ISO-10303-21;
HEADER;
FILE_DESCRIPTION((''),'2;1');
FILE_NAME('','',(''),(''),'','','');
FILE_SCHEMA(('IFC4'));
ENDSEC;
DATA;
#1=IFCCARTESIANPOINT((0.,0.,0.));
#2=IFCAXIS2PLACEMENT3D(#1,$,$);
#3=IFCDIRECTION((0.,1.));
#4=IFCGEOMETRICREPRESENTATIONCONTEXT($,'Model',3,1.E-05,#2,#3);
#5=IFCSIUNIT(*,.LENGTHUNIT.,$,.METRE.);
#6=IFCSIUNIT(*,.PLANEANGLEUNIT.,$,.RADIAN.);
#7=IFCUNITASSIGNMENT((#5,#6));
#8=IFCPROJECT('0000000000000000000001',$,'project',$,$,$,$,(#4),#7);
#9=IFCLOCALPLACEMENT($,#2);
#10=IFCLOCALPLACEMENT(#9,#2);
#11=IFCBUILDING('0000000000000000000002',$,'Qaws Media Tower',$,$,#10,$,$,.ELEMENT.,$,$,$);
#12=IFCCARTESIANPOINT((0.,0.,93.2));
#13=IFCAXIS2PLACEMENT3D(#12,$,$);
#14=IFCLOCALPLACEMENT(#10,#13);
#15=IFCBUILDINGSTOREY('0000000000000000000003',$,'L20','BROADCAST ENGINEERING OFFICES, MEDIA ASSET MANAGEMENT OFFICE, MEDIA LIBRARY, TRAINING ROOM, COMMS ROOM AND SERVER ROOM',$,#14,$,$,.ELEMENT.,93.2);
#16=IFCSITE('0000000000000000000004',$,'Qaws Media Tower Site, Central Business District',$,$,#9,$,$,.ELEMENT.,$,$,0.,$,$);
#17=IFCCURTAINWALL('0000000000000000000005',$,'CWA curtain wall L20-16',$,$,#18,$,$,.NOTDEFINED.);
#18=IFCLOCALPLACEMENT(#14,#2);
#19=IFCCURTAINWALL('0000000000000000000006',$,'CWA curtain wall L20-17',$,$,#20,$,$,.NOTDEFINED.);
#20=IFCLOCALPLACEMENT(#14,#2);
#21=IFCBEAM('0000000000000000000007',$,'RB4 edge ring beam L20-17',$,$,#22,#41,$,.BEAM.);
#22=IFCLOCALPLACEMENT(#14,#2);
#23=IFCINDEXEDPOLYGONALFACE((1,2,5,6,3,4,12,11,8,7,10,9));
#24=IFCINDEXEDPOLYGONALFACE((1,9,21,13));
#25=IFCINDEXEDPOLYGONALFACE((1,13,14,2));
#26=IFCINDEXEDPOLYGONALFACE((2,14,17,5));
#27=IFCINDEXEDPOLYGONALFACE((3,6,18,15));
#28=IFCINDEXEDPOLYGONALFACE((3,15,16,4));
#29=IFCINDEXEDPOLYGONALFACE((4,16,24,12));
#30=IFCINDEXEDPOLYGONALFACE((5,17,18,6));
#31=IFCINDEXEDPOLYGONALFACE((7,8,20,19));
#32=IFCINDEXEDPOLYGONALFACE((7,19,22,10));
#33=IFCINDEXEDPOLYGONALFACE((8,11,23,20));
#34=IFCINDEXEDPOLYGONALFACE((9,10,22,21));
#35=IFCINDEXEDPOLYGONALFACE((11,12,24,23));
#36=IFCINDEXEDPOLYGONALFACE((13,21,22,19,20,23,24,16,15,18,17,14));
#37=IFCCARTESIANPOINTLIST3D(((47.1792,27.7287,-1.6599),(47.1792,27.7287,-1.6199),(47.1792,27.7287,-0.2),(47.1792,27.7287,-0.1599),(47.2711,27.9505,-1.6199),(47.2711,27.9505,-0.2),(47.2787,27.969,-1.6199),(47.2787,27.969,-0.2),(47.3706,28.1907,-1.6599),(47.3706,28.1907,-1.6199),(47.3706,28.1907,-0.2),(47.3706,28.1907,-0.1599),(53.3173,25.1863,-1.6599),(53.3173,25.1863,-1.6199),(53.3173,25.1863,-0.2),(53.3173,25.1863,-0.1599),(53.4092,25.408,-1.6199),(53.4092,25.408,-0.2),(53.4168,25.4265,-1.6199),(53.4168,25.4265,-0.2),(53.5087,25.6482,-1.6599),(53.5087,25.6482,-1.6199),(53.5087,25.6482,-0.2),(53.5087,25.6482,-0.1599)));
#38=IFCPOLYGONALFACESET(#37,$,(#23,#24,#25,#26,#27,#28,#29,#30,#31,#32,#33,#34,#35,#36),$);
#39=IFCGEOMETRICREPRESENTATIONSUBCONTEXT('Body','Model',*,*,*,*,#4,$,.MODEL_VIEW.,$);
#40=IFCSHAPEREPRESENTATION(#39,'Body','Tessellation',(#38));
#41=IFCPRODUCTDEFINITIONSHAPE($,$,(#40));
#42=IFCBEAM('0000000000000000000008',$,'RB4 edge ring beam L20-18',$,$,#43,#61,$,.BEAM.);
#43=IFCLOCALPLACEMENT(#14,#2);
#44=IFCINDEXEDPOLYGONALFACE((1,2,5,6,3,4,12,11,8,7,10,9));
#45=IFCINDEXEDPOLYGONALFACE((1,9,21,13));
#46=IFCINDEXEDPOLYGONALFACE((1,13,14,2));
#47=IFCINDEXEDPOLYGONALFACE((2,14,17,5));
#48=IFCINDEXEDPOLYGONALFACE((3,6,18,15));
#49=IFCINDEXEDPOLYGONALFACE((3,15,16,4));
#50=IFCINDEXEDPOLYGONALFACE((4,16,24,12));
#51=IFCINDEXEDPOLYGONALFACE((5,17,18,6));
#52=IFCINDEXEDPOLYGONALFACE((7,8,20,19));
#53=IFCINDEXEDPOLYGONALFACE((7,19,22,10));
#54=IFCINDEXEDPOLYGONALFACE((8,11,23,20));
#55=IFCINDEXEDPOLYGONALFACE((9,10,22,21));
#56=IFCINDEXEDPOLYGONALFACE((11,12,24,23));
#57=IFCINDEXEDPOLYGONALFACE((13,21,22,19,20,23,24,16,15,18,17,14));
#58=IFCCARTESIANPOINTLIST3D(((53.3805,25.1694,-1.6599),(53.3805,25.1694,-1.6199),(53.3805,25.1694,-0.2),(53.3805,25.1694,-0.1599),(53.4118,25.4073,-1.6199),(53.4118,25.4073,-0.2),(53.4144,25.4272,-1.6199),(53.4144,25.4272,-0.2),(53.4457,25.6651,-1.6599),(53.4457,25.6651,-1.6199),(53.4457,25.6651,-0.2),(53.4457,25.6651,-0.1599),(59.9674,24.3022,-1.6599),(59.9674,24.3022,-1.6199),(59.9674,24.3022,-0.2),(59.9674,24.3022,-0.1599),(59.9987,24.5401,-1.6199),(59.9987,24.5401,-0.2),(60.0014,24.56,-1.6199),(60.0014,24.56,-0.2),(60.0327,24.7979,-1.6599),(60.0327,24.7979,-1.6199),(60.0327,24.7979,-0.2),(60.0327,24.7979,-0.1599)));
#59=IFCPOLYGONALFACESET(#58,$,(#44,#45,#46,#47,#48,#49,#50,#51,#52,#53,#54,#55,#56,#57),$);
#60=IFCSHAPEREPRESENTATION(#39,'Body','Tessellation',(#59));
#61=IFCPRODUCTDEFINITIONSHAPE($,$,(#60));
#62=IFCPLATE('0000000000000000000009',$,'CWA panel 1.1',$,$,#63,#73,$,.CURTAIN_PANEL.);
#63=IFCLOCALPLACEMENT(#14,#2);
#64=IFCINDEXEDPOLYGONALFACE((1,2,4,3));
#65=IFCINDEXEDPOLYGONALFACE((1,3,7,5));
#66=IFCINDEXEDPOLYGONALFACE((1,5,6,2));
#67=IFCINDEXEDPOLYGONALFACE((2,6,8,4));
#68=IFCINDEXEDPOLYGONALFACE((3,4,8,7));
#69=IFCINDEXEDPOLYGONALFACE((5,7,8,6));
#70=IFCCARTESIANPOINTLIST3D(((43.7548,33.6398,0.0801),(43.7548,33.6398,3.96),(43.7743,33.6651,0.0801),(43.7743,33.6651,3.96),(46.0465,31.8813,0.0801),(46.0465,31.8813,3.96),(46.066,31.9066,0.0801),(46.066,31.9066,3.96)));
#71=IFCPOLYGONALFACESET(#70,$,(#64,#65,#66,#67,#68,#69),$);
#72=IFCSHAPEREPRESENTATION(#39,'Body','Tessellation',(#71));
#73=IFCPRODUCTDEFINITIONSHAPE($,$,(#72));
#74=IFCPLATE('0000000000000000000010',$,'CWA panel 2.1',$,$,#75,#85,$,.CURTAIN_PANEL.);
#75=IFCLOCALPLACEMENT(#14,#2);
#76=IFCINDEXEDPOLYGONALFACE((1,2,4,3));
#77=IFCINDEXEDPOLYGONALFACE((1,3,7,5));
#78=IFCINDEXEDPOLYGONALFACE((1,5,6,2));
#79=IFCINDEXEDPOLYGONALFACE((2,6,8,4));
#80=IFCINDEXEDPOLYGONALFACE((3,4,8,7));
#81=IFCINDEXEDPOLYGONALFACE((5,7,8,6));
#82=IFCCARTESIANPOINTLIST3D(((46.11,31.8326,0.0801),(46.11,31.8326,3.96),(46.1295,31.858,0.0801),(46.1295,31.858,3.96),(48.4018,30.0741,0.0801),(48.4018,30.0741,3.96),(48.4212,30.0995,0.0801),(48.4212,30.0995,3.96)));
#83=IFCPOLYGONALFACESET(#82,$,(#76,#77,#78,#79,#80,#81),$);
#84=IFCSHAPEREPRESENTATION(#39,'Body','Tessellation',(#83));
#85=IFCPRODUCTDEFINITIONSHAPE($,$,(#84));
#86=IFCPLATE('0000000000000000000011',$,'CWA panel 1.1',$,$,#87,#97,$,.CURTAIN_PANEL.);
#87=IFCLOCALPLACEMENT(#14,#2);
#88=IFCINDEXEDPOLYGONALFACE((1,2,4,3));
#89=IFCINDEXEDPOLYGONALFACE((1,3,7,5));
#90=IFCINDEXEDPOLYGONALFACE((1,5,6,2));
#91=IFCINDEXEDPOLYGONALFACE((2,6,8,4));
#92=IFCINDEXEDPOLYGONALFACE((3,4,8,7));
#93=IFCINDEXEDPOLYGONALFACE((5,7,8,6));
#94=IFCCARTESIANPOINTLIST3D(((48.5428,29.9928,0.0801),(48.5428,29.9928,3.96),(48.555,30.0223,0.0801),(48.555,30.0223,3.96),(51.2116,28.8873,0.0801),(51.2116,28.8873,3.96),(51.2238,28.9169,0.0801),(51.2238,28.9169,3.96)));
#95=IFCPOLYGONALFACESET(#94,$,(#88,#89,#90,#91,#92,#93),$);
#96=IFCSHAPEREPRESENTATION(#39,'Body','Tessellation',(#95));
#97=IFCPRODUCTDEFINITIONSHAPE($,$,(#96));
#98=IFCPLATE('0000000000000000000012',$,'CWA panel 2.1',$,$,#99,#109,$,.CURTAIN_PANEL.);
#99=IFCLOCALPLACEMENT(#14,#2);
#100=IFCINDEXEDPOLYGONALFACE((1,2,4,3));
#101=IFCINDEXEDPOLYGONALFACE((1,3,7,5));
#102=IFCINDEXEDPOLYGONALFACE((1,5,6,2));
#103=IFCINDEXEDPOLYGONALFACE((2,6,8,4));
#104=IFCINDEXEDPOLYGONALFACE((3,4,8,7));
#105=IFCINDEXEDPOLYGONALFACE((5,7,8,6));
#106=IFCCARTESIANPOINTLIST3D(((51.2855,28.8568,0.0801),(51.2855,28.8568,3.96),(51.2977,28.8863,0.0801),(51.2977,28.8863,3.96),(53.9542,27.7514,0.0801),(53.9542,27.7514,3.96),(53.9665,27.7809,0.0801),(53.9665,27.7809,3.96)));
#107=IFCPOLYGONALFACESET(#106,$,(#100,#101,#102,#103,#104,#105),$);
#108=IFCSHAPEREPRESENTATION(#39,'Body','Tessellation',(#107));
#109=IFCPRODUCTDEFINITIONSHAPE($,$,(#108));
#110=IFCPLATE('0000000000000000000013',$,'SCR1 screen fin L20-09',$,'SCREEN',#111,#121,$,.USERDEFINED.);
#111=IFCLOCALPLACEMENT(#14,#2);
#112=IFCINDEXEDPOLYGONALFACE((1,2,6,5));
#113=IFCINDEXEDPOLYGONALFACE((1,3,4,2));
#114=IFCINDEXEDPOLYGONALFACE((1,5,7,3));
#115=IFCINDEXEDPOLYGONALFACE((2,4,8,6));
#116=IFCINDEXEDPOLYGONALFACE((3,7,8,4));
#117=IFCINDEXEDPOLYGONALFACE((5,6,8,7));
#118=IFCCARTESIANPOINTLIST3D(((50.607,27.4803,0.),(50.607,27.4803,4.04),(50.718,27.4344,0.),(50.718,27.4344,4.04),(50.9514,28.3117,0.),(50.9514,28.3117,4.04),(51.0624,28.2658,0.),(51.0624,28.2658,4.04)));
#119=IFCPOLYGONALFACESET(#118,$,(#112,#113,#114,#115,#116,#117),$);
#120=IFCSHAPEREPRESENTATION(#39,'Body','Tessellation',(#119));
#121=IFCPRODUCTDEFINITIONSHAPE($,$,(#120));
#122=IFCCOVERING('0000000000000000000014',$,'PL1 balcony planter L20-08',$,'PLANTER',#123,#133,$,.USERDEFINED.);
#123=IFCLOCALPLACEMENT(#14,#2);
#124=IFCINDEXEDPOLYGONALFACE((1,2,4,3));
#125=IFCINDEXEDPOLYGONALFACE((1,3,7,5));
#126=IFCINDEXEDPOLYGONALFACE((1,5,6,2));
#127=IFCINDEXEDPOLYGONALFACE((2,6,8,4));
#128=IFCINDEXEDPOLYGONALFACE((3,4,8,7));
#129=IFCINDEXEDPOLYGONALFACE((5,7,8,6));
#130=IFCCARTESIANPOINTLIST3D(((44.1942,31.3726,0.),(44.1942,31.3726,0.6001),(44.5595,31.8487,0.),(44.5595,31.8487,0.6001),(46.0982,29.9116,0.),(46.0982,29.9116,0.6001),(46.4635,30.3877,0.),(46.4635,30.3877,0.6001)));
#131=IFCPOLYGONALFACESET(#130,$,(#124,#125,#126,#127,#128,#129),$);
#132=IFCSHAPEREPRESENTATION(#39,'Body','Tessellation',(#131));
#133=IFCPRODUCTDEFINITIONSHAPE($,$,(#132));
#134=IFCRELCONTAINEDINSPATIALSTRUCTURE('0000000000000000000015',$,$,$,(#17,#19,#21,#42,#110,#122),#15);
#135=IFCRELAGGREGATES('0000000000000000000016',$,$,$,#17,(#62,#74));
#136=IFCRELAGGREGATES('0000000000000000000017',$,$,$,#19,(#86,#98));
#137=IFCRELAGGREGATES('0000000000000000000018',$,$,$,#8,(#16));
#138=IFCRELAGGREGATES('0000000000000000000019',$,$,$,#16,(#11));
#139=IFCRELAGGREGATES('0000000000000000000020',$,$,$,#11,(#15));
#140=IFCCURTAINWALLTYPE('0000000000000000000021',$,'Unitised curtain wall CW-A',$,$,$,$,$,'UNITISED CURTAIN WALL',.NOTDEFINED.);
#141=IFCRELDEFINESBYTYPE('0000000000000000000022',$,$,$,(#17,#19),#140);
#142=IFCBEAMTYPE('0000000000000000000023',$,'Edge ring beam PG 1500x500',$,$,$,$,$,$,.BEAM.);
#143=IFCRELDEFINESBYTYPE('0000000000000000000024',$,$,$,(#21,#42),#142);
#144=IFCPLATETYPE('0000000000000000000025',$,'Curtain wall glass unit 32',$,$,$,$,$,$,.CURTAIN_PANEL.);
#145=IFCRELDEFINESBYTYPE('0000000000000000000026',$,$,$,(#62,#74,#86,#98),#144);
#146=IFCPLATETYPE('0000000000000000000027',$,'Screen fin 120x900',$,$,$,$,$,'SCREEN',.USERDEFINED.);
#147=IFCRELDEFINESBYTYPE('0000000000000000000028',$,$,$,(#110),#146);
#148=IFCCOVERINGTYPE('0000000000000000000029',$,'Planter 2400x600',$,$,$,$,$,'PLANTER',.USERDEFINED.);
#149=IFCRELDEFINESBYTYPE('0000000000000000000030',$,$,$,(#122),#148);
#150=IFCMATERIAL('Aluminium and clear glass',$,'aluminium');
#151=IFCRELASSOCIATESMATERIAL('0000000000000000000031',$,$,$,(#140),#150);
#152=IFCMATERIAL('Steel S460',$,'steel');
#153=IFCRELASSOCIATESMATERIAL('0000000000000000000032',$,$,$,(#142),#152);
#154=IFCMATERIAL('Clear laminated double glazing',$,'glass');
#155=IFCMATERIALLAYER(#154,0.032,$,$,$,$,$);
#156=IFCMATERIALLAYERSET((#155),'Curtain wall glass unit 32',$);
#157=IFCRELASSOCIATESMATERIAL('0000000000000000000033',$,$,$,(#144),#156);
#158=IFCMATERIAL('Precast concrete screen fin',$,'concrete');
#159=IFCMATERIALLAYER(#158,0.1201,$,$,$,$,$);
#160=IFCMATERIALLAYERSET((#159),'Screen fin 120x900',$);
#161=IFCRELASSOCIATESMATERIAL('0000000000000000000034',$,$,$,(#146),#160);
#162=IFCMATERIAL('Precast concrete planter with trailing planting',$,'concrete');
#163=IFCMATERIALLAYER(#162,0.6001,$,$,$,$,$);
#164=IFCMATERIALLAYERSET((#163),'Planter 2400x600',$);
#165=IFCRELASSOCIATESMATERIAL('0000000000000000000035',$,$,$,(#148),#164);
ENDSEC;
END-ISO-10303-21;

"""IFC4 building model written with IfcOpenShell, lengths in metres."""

from ifc_helpers import new_model, si_unit, direction, frame, origin, origin_2d, place, context, subcontext, project, spatial, rectangle, i_section, extrude, material, layer, layer_set, material_profile, profile_set, type_object, element, aggregate, save


model = new_model("IFC4")

# Units and contexts
model_context = context("Model", 3, precision=1e-05, world=origin(), true_north=direction((0.0, 1.0)))
body_context = subcontext(model_context, "Body", "Model", "MODEL_VIEW")
ifc_project = project(units=[si_unit("LENGTHUNIT", "METRE"), si_unit("PLANEANGLEUNIT", "RADIAN")], contexts=[model_context])

# Site, building, storey
site_placement = place(None, origin())
site = spatial("IfcSite", under=ifc_project, at=site_placement, Name="Qaws Media Tower Site, Central Business District", CompositionType="ELEMENT", RefElevation=0.0)
building_placement = place(site_placement, origin())
building = spatial("IfcBuilding", under=site, at=building_placement, Name="Qaws Media Tower", CompositionType="ELEMENT")
storey_placement = place(building_placement, frame((0.0, 0.0, 93.2)))
storey = spatial("IfcBuildingStorey", under=building, at=storey_placement, Name="L20", Description="BROADCAST ENGINEERING OFFICES, MEDIA ASSET MANAGEMENT OFFICE, MEDIA LIBRARY, TRAINING ROOM, COMMS ROOM AND SERVER ROOM", CompositionType="ELEMENT", Elevation=93.2)

# Curtain walls
ifc_material_1 = material(Name="Aluminium and clear glass", Category="aluminium")
curtain_wall_type = type_object("IfcCurtainWallType", Name="Unitised curtain wall CW-A", ElementType="UNITISED CURTAIN WALL", PredefinedType="NOTDEFINED", material=ifc_material_1)
curtain_wall_1_placement = place(storey_placement, origin())
curtain_wall_1 = element("IfcCurtainWall", 1, at=curtain_wall_1_placement, inside=storey, type_object=curtain_wall_type, Name="CWA curtain wall L20-16", PredefinedType="NOTDEFINED")
curtain_wall_2_placement = place(storey_placement, origin())
curtain_wall_2 = element("IfcCurtainWall", 2, at=curtain_wall_2_placement, inside=storey, type_object=curtain_wall_type, Name="CWA curtain wall L20-17", PredefinedType="NOTDEFINED")

# Beams
ifc_material_2 = material(Name="Steel S460", Category="steel")
ifc_material_profile_1 = material_profile(ifc_material_2, i_section(OverallWidth=0.5, OverallDepth=1.5, WebThickness=0.02, FlangeThickness=0.04, at=origin_2d()), Name="PG 1500x500")
ifc_profile_set_1 = profile_set([ifc_material_profile_1], Name="Steel S460")
beam_type = type_object("IfcBeamType", Name="Edge ring beam PG 1500x500", PredefinedType="BEAM", material=ifc_profile_set_1)
for number, where, z_axis, x_axis, name in (
    (3, (47.2749, 27.9597, -0.9099), (0.923882, -0.382678, 0.0), (0.382678, 0.923882, 0.0), "RB4 edge ring beam L20-17"),
    (4, (53.4131, 25.4172, -0.9099), (0.991445, -0.130527, 0.0), (0.130527, 0.991445, 0.0), "RB4 edge ring beam L20-18"),
):
    element("IfcBeam", number, at=place(storey_placement, frame(where, z_axis=z_axis, x_axis=x_axis)), inside=storey, type_object=beam_type, Name=name, PredefinedType="BEAM", context=body_context, shape_type="SweptSolid", body=[
        extrude(i_section(OverallWidth=0.5, OverallDepth=1.5, WebThickness=0.02, FlangeThickness=0.04, at=origin_2d()), origin(), (0.0, 0.0, 1.0), 6.6438),
    ])

# Plates
ifc_material_3 = material(Name="Clear laminated double glazing", Category="glass")
ifc_layer_1 = layer(ifc_material_3, 0.032)
ifc_layer_set_1 = layer_set([ifc_layer_1], Name="Curtain wall glass unit 32")
plate_type_1 = type_object("IfcPlateType", Name="Curtain wall glass unit 32", PredefinedType="CURTAIN_PANEL", material=ifc_layer_set_1)
plate_1_placement = place(storey_placement, frame((44.9104, 32.7732, 0.0801), z_axis=(0.0, 0.0, 1.0), x_axis=(0.793353, -0.608762, 0.0)))
plate_1 = element("IfcPlate", 5, at=plate_1_placement, type_object=plate_type_1, Name="CWA panel 1.1", PredefinedType="CURTAIN_PANEL", context=body_context, shape_type="SweptSolid", body=[
    extrude(rectangle(XDim=2.8887, YDim=0.032, at=origin_2d()), origin(), (0.0, 0.0, 1.0), 3.8799),
])
plate_2_placement = place(storey_placement, frame((47.2656, 30.9661, 0.0801), z_axis=(0.0, 0.0, 1.0), x_axis=(0.793353, -0.608762, 0.0)))
plate_2 = element("IfcPlate", 6, at=plate_2_placement, type_object=plate_type_1, Name="CWA panel 2.1", PredefinedType="CURTAIN_PANEL", context=body_context, shape_type="SweptSolid", body=[
    extrude(rectangle(XDim=2.8887, YDim=0.032, at=origin_2d()), origin(), (0.0, 0.0, 1.0), 3.8799),
])
aggregate(curtain_wall_1, [plate_1, plate_2])
plate_3_placement = place(storey_placement, frame((49.8833, 29.4548, 0.0801), z_axis=(0.0, 0.0, 1.0), x_axis=(0.92388, -0.382683, 0.0)))
plate_3 = element("IfcPlate", 7, at=plate_3_placement, type_object=plate_type_1, Name="CWA panel 1.1", PredefinedType="CURTAIN_PANEL", context=body_context, shape_type="SweptSolid", body=[
    extrude(rectangle(XDim=2.8887, YDim=0.032, at=origin_2d()), origin(), (0.0, 0.0, 1.0), 3.8799),
])
plate_4_placement = place(storey_placement, frame((52.626, 28.3188, 0.0801), z_axis=(0.0, 0.0, 1.0), x_axis=(0.92388, -0.382683, 0.0)))
plate_4 = element("IfcPlate", 8, at=plate_4_placement, type_object=plate_type_1, Name="CWA panel 2.1", PredefinedType="CURTAIN_PANEL", context=body_context, shape_type="SweptSolid", body=[
    extrude(rectangle(XDim=2.8887, YDim=0.032, at=origin_2d()), origin(), (0.0, 0.0, 1.0), 3.8799),
])
aggregate(curtain_wall_2, [plate_3, plate_4])
ifc_material_4 = material(Name="Precast concrete screen fin", Category="concrete")
ifc_layer_2 = layer(ifc_material_4, 0.1201)
ifc_layer_set_2 = layer_set([ifc_layer_2], Name="Screen fin 120x900")
plate_type_2 = type_object("IfcPlateType", Name="Screen fin 120x900", ElementType="SCREEN", PredefinedType="USERDEFINED", material=ifc_layer_set_2)
plate_5_placement = place(storey_placement, frame((50.8347, 27.873, 0.0), z_axis=(0.0, 0.0, 1.0), x_axis=(-0.382683, -0.92388, 0.0)))
element("IfcPlate", 9, at=plate_5_placement, inside=storey, type_object=plate_type_2, Name="SCR1 screen fin L20-09", ObjectType="SCREEN", PredefinedType="USERDEFINED", context=body_context, shape_type="SweptSolid", body=[
    extrude(rectangle(XDim=0.8999, YDim=0.1201, at=origin_2d()), origin(), (0.0, 0.0, 1.0), 4.04),
])

# Covering
ifc_material_5 = material(Name="Precast concrete planter with trailing planting", Category="concrete")
ifc_layer_3 = layer(ifc_material_5, 0.6001)
ifc_layer_set_3 = layer_set([ifc_layer_3], Name="Planter 2400x600")
covering_type = type_object("IfcCoveringType", Name="Planter 2400x600", ElementType="PLANTER", PredefinedType="USERDEFINED", material=ifc_layer_set_3)
covering_placement = place(storey_placement, frame((45.3289, 30.8801, 0.0), z_axis=(0.0, 0.0, 1.0), x_axis=(0.793353, -0.608761, 0.0)))
element("IfcCovering", 10, at=covering_placement, inside=storey, type_object=covering_type, Name="PL1 balcony planter L20-08", ObjectType="PLANTER", PredefinedType="USERDEFINED", context=body_context, shape_type="SweptSolid", body=[
    extrude(rectangle(XDim=2.3999, YDim=0.6001, at=origin_2d()), origin(), (0.0, 0.0, 1.0), 0.6001),
])

save(model, "model.ifc")
